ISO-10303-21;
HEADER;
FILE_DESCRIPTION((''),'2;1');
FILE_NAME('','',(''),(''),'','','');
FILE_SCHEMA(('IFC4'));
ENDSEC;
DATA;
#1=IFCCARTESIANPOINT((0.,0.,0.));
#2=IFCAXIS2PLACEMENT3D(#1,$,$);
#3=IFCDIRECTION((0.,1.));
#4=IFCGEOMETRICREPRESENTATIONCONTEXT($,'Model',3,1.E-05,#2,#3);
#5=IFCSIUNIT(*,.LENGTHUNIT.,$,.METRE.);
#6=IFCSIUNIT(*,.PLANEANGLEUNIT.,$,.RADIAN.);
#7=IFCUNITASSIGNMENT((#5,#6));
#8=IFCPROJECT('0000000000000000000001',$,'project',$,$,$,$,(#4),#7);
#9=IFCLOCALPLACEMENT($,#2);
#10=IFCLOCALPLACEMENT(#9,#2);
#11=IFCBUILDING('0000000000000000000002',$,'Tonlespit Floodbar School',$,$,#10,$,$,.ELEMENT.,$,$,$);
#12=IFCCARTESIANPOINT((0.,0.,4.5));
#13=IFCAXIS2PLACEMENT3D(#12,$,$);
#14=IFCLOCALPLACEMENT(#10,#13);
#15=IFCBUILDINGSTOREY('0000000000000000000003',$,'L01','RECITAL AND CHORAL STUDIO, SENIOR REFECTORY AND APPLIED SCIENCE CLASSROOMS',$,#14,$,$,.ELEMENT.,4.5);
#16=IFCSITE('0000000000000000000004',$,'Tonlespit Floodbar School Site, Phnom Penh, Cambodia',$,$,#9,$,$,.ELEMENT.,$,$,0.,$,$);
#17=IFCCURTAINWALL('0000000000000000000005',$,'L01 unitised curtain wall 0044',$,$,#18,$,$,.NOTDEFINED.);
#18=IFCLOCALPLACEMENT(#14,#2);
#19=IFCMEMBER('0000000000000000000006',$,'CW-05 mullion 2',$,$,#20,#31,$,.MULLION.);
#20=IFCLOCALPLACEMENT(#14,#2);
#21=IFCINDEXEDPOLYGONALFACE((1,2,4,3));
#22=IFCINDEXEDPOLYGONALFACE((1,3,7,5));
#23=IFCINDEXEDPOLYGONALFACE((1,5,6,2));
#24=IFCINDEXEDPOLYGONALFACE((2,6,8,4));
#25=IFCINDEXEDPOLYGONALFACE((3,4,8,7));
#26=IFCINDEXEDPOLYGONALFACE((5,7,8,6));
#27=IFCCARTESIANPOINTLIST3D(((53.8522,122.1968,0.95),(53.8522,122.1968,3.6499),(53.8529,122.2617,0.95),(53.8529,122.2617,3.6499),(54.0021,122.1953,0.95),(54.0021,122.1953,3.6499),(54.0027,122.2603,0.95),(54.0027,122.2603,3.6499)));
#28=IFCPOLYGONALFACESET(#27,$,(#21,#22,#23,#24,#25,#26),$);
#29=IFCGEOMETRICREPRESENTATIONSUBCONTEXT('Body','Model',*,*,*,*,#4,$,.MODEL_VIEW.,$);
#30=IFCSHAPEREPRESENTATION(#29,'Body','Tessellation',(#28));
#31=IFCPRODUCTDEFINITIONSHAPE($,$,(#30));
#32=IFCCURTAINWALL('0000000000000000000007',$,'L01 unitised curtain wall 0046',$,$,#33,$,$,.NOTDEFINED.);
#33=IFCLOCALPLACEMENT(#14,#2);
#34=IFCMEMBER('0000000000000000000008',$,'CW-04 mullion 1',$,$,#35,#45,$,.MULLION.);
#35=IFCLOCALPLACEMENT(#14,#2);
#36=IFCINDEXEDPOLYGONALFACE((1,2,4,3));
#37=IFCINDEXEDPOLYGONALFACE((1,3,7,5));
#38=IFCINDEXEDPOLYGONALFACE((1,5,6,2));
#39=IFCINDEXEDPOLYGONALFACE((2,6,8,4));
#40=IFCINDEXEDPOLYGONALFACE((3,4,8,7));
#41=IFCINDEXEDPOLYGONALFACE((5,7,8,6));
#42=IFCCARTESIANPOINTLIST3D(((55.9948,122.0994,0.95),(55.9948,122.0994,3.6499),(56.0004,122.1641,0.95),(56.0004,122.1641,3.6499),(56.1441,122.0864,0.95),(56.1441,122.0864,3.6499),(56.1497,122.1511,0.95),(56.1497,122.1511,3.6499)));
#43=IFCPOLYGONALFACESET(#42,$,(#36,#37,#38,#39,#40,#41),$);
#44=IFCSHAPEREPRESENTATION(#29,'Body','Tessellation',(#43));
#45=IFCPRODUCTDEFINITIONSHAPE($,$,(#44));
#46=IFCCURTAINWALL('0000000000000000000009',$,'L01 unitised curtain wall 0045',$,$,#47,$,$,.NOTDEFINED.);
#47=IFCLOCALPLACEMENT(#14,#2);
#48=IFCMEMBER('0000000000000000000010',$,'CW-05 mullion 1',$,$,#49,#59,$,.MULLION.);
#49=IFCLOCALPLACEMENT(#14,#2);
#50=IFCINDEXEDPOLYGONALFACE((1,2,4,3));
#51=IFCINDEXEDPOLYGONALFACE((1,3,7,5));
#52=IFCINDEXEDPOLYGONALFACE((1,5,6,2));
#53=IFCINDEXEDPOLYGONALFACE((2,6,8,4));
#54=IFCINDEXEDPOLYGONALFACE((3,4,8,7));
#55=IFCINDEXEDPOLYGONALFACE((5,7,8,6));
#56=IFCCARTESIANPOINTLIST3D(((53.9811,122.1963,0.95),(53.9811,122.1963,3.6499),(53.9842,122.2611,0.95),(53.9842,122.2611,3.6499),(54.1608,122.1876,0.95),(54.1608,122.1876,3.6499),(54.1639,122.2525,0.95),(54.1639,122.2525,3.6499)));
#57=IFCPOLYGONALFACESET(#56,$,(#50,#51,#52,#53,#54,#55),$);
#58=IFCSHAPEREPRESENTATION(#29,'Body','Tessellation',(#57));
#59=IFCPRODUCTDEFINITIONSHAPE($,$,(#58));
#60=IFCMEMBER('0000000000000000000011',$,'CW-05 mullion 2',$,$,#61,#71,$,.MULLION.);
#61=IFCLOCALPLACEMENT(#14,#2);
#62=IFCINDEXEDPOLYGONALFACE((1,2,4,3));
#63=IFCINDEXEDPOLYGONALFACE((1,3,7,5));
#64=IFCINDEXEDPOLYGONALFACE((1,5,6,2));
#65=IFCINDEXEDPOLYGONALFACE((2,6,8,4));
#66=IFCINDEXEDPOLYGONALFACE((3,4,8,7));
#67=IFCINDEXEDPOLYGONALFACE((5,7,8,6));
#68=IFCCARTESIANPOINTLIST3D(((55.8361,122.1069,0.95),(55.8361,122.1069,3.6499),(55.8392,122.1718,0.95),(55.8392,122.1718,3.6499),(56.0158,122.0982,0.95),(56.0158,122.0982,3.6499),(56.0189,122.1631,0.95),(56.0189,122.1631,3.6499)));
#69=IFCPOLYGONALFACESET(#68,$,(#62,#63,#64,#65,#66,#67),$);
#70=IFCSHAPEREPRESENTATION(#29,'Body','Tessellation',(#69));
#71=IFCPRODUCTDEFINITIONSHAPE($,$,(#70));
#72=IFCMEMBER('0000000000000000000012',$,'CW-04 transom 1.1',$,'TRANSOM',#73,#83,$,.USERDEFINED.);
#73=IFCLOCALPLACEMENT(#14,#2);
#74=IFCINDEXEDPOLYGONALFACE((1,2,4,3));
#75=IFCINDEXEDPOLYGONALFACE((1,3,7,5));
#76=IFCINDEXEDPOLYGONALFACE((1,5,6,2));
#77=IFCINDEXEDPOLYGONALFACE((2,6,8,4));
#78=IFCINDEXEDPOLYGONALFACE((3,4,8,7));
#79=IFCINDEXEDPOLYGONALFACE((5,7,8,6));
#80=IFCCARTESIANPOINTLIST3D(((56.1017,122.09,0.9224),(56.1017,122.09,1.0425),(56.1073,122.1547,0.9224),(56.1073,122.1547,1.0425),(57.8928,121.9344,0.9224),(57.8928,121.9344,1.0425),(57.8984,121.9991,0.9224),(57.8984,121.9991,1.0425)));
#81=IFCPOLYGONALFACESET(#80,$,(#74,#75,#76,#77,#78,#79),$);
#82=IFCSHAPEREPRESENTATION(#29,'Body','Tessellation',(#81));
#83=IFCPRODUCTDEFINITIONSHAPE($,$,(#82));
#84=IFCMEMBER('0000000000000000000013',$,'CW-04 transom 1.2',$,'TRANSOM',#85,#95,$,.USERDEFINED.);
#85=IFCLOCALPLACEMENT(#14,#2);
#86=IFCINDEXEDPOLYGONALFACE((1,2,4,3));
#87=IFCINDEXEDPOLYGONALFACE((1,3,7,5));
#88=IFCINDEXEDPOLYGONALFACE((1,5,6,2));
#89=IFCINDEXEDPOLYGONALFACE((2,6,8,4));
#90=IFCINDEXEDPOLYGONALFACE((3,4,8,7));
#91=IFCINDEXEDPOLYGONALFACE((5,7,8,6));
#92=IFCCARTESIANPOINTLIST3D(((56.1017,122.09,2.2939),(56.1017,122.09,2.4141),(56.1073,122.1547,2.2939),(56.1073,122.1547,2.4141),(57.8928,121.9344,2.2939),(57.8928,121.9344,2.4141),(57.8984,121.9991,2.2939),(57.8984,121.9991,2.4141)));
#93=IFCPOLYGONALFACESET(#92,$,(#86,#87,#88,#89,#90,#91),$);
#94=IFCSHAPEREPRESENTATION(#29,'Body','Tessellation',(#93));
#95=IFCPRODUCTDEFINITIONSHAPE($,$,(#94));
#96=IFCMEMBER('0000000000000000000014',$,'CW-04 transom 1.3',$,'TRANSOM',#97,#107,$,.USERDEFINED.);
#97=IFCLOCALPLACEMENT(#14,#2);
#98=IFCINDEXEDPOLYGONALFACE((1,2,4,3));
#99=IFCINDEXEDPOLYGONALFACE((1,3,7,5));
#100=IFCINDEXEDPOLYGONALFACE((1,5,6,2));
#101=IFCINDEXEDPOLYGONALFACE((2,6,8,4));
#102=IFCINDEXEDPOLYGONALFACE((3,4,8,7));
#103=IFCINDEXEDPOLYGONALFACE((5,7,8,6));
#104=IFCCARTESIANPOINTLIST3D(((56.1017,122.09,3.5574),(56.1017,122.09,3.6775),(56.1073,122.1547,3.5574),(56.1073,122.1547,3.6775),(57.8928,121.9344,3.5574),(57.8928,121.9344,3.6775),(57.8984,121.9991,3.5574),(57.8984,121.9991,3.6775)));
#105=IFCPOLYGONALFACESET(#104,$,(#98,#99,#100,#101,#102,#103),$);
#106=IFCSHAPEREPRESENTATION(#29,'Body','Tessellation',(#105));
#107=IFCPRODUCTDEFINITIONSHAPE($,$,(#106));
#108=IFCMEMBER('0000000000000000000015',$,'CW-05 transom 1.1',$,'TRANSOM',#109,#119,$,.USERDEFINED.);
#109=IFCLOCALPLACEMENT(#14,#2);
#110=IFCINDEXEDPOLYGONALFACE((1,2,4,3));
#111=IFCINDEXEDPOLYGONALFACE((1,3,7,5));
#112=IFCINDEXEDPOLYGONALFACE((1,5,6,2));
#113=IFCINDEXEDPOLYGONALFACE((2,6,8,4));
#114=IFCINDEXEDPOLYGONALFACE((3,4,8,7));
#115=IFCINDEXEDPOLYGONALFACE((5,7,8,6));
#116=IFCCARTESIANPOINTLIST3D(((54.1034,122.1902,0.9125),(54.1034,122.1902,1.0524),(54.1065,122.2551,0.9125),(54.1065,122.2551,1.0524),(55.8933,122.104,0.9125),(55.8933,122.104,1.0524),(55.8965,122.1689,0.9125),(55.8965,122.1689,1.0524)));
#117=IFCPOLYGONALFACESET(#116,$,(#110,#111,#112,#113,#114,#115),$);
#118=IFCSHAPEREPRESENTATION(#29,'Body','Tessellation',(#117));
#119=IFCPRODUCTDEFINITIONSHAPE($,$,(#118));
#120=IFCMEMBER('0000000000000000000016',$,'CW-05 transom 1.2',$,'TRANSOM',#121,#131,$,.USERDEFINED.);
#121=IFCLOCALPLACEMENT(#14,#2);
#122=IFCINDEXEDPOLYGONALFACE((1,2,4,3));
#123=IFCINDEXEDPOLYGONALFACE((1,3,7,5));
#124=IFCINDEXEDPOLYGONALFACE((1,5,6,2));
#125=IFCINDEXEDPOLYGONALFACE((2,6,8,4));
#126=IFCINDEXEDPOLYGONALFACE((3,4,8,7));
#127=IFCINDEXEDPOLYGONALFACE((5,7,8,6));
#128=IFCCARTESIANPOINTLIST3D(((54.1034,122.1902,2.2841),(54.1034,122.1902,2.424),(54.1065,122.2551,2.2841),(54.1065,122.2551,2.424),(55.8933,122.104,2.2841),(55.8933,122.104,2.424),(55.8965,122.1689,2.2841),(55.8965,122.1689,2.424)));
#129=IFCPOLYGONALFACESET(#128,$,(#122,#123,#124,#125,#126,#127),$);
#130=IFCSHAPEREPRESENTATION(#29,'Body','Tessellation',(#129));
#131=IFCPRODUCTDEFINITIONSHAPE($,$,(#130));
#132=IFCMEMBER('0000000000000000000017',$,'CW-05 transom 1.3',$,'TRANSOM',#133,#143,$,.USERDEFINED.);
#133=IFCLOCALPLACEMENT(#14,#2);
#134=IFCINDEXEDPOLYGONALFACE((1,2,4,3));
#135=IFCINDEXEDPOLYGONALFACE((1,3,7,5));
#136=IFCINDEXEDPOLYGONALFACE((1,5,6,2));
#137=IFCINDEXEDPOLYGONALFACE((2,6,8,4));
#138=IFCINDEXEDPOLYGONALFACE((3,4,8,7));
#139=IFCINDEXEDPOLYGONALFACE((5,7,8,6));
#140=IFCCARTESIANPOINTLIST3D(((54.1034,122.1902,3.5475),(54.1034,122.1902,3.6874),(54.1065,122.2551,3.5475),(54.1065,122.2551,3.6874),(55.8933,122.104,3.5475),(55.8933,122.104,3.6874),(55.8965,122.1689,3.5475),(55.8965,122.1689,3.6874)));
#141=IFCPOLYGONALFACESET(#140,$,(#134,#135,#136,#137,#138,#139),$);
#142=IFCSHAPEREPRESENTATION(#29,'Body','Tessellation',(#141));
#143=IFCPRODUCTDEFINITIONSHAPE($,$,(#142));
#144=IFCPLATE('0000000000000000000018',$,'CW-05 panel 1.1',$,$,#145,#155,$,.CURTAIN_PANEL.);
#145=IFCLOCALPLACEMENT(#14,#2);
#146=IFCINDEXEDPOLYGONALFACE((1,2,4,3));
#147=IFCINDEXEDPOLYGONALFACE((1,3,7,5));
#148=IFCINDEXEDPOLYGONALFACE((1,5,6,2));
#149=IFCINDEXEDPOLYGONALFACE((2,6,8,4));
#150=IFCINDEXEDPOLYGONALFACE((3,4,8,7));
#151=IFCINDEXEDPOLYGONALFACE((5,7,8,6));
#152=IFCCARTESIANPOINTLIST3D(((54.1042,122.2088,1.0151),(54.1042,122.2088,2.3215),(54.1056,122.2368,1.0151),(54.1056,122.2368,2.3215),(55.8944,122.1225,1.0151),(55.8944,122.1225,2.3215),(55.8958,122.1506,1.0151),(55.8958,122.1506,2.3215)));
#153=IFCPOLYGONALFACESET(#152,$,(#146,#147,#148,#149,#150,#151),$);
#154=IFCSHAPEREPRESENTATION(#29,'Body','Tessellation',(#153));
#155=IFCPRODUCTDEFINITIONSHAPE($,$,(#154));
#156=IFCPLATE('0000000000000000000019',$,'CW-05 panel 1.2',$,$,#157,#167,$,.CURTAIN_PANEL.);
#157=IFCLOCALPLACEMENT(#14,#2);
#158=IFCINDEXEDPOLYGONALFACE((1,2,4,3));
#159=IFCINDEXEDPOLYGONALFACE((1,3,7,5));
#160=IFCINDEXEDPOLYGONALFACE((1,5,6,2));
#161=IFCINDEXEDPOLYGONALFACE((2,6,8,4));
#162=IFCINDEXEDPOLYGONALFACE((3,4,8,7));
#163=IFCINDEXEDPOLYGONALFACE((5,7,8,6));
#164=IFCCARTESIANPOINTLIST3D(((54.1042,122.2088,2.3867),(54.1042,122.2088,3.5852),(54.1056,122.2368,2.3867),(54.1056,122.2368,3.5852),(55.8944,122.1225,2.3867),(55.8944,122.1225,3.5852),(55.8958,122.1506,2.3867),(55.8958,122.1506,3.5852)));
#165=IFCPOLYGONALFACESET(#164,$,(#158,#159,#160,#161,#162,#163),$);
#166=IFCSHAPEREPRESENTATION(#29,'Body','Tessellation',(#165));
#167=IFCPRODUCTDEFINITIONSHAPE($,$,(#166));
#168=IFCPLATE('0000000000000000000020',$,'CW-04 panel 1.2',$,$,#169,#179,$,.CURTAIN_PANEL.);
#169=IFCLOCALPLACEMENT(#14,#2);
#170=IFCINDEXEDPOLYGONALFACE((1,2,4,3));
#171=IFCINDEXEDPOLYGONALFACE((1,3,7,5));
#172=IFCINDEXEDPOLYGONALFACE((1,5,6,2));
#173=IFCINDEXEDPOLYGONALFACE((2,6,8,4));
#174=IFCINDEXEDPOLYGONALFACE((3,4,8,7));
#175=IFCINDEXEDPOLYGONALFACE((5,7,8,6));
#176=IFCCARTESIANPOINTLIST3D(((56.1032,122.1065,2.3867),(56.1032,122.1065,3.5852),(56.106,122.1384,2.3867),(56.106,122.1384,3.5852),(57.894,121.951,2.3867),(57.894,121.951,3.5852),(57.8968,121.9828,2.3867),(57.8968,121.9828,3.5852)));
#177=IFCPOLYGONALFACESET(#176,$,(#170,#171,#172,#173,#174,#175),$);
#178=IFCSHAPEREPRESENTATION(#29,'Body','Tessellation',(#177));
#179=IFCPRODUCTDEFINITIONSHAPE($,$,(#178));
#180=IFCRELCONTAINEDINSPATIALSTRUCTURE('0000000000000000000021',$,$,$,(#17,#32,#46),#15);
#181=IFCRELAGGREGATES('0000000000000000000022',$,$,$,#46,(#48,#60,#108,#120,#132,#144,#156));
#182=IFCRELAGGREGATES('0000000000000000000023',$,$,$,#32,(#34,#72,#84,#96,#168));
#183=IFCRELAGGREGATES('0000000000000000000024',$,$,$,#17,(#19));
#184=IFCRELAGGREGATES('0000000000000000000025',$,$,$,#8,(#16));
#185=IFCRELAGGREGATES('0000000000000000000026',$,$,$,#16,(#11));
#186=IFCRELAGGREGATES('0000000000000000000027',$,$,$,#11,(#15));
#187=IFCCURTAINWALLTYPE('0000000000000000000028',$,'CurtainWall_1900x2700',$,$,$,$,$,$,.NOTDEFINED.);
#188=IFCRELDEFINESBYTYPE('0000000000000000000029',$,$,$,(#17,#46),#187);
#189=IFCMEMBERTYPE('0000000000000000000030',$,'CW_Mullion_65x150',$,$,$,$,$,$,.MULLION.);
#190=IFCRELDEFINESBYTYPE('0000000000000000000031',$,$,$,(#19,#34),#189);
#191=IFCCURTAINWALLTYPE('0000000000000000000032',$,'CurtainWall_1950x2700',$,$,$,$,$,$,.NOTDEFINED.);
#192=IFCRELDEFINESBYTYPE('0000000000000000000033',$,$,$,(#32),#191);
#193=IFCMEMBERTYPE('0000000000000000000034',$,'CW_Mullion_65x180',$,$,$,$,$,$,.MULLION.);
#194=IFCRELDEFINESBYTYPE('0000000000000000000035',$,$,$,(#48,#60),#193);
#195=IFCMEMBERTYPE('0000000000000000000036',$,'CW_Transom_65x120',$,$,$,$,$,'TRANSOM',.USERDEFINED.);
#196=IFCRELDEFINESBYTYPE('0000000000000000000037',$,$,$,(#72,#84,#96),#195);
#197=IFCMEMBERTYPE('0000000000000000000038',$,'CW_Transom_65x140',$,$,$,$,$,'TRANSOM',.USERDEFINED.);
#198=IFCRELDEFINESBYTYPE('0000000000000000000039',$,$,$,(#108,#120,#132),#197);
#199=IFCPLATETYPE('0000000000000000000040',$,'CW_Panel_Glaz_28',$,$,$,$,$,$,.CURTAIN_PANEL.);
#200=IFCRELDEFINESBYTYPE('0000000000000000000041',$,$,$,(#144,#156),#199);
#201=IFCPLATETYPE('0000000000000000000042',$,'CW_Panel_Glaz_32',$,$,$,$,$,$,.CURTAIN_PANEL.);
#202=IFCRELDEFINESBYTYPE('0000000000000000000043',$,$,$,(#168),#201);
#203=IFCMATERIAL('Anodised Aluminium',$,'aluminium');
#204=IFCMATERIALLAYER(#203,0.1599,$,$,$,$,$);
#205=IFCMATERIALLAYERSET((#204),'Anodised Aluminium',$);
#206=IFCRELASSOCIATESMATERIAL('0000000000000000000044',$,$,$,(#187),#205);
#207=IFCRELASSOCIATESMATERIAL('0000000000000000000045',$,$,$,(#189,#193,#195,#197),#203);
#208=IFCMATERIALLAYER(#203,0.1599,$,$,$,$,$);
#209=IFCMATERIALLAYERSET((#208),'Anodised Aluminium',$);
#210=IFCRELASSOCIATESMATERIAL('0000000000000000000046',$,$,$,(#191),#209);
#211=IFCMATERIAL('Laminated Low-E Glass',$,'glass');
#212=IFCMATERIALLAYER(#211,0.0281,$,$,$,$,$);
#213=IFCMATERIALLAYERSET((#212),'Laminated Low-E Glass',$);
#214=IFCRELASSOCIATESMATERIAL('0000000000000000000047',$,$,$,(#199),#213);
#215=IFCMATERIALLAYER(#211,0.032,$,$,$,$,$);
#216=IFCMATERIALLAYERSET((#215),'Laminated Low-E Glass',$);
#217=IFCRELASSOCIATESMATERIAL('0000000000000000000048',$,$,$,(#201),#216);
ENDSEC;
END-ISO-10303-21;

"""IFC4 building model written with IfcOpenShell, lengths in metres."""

from ifc_helpers import new_model, si_unit, direction, frame, origin, origin_2d, place, context, subcontext, project, spatial, rectangle, extrude, material, layer, layer_set, material_profile, profile_set, type_object, element, aggregate, save


model = new_model("IFC4")

# Units and contexts
model_context = context("Model", 3, precision=1e-05, world=origin(), true_north=direction((0.0, 1.0)))
body_context = subcontext(model_context, "Body", "Model", "MODEL_VIEW")
ifc_project = project(units=[si_unit("LENGTHUNIT", "METRE"), si_unit("PLANEANGLEUNIT", "RADIAN")], contexts=[model_context])

# Site, building, storey
site_placement = place(None, origin())
site = spatial("IfcSite", under=ifc_project, at=site_placement, Name="Tonlespit Floodbar School Site, Phnom Penh, Cambodia", CompositionType="ELEMENT", RefElevation=0.0)
building_placement = place(site_placement, origin())
building = spatial("IfcBuilding", under=site, at=building_placement, Name="Tonlespit Floodbar School", CompositionType="ELEMENT")
storey_placement = place(building_placement, frame((0.0, 0.0, 4.5)))
storey = spatial("IfcBuildingStorey", under=building, at=storey_placement, Name="L01", Description="RECITAL AND CHORAL STUDIO, SENIOR REFECTORY AND APPLIED SCIENCE CLASSROOMS", CompositionType="ELEMENT", Elevation=4.5)

# Curtain walls, members
ifc_material_1 = material(Name="Anodised Aluminium", Category="aluminium")
ifc_layer_1 = layer(ifc_material_1, 0.1599)
ifc_layer_set_1 = layer_set([ifc_layer_1], Name="Anodised Aluminium")
curtain_wall_type_1 = type_object("IfcCurtainWallType", Name="CurtainWall_1900x2700", PredefinedType="NOTDEFINED", material=ifc_layer_set_1)
curtain_wall_1_placement = place(storey_placement, origin())
curtain_wall_1 = element("IfcCurtainWall", 1, at=curtain_wall_1_placement, inside=storey, type_object=curtain_wall_type_1, Name="L01 unitised curtain wall 0044", PredefinedType="NOTDEFINED")
ifc_material_profile_1 = material_profile(ifc_material_1, rectangle(XDim=0.0649, YDim=0.1499, at=origin_2d()), Name="ALU M65x150")
ifc_profile_set_1 = profile_set([ifc_material_profile_1], Name="Anodised Aluminium")
member_type_1 = type_object("IfcMemberType", Name="CW_Mullion_65x150", PredefinedType="MULLION", material=ifc_profile_set_1)
member_1_placement = place(storey_placement, frame((53.9275, 122.2285, 0.95), z_axis=(0.0, 0.0, 1.0), x_axis=(0.009583, 0.999954, 0.0)))
member_1 = element("IfcMember", 2, at=member_1_placement, type_object=member_type_1, Name="CW-05 mullion 2", PredefinedType="MULLION", context=body_context, shape_type="SweptSolid", body=[
    extrude(rectangle(XDim=0.0649, YDim=0.1499, at=origin_2d()), origin(), (0.0, 0.0, 1.0), 2.7),
])
ifc_layer_2 = layer(ifc_material_1, 0.1599)
ifc_layer_set_2 = layer_set([ifc_layer_2], Name="Anodised Aluminium")
curtain_wall_type_2 = type_object("IfcCurtainWallType", Name="CurtainWall_1950x2700", PredefinedType="NOTDEFINED", material=ifc_layer_set_2)
curtain_wall_2_placement = place(storey_placement, origin())
curtain_wall_2 = element("IfcCurtainWall", 3, at=curtain_wall_2_placement, inside=storey, type_object=curtain_wall_type_2, Name="L01 unitised curtain wall 0046", PredefinedType="NOTDEFINED")
member_2_placement = place(storey_placement, frame((56.0723, 122.1252, 0.95), z_axis=(0.0, 0.0, 1.0), x_axis=(0.086531, 0.996249, 0.0)))
member_2 = element("IfcMember", 4, at=member_2_placement, type_object=member_type_1, Name="CW-04 mullion 1", PredefinedType="MULLION", context=body_context, shape_type="SweptSolid", body=[
    extrude(rectangle(XDim=0.0649, YDim=0.1499, at=origin_2d()), origin(), (0.0, 0.0, 1.0), 2.7),
])

# Curtain wall, members
curtain_wall_3_placement = place(storey_placement, origin())
curtain_wall_3 = element("IfcCurtainWall", 5, at=curtain_wall_3_placement, inside=storey, type_object=curtain_wall_type_1, Name="L01 unitised curtain wall 0045", PredefinedType="NOTDEFINED")
ifc_material_profile_2 = material_profile(ifc_material_1, rectangle(XDim=0.0649, YDim=0.1799, at=origin_2d()), Name="ALU M65x180")
ifc_profile_set_2 = profile_set([ifc_material_profile_2], Name="Anodised Aluminium")
member_type_2 = type_object("IfcMemberType", Name="CW_Mullion_65x180", PredefinedType="MULLION", material=ifc_profile_set_2)
member_3_placement = place(storey_placement, frame((54.0725, 122.2244, 0.95), z_axis=(0.0, 0.0, 1.0), x_axis=(0.048121, 0.998842, 0.0)))
member_3 = element("IfcMember", 6, at=member_3_placement, type_object=member_type_2, Name="CW-05 mullion 1", PredefinedType="MULLION", context=body_context, shape_type="SweptSolid", body=[
    extrude(rectangle(XDim=0.0649, YDim=0.1799, at=origin_2d()), origin(), (0.0, 0.0, 1.0), 2.7),
])
member_4_placement = place(storey_placement, frame((55.9275, 122.135, 0.95), z_axis=(0.0, 0.0, 1.0), x_axis=(0.048121, 0.998842, 0.0)))
member_4 = element("IfcMember", 7, at=member_4_placement, type_object=member_type_2, Name="CW-05 mullion 2", PredefinedType="MULLION", context=body_context, shape_type="SweptSolid", body=[
    extrude(rectangle(XDim=0.0649, YDim=0.1799, at=origin_2d()), origin(), (0.0, 0.0, 1.0), 2.7),
])

# Members
ifc_material_profile_3 = material_profile(ifc_material_1, rectangle(XDim=0.0649, YDim=0.1201, at=origin_2d()), Name="ALU T65x120")
ifc_profile_set_3 = profile_set([ifc_material_profile_3], Name="Anodised Aluminium")
member_type_3 = type_object("IfcMemberType", Name="CW_Transom_65x120", ElementType="TRANSOM", PredefinedType="USERDEFINED", material=ifc_profile_set_3)
member_5_placement = place(storey_placement, frame((56.1045, 122.1223, 0.9824), z_axis=(0.996251, -0.086507, 0.0), x_axis=(0.086507, 0.996251, 0.0)))
member_5 = element("IfcMember", 8, at=member_5_placement, type_object=member_type_3, Name="CW-04 transom 1.1", ObjectType="TRANSOM", PredefinedType="USERDEFINED", context=body_context, shape_type="SweptSolid", body=[
    extrude(rectangle(XDim=0.0649, YDim=0.1201, at=origin_2d()), origin(), (0.0, 0.0, 1.0), 1.7979),
])
member_6_placement = place(storey_placement, frame((56.1045, 122.1223, 2.354), z_axis=(0.996251, -0.086507, 0.0), x_axis=(0.086507, 0.996251, 0.0)))
member_6 = element("IfcMember", 9, at=member_6_placement, type_object=member_type_3, Name="CW-04 transom 1.2", ObjectType="TRANSOM", PredefinedType="USERDEFINED", context=body_context, shape_type="SweptSolid", body=[
    extrude(rectangle(XDim=0.0649, YDim=0.1201, at=origin_2d()), origin(), (0.0, 0.0, 1.0), 1.7979),
])
member_7_placement = place(storey_placement, frame((56.1045, 122.1223, 3.6174), z_axis=(0.996251, -0.086507, 0.0), x_axis=(0.086507, 0.996251, 0.0)))
member_7 = element("IfcMember", 10, at=member_7_placement, type_object=member_type_3, Name="CW-04 transom 1.3", ObjectType="TRANSOM", PredefinedType="USERDEFINED", context=body_context, shape_type="SweptSolid", body=[
    extrude(rectangle(XDim=0.0649, YDim=0.1201, at=origin_2d()), origin(), (0.0, 0.0, 1.0), 1.7979),
])
ifc_material_profile_4 = material_profile(ifc_material_1, rectangle(XDim=0.0649, YDim=0.1399, at=origin_2d()), Name="ALU T65x140")
ifc_profile_set_4 = profile_set([ifc_material_profile_4], Name="Anodised Aluminium")
member_type_4 = type_object("IfcMemberType", Name="CW_Transom_65x140", ElementType="TRANSOM", PredefinedType="USERDEFINED", material=ifc_profile_set_4)
member_8_placement = place(storey_placement, frame((54.105, 122.2227, 0.9824), z_axis=(0.998843, -0.048089, 0.0), x_axis=(0.048089, 0.998843, 0.0)))
member_8 = element("IfcMember", 11, at=member_8_placement, type_object=member_type_4, Name="CW-05 transom 1.1", ObjectType="TRANSOM", PredefinedType="USERDEFINED", context=body_context, shape_type="SweptSolid", body=[
    extrude(rectangle(XDim=0.0649, YDim=0.1399, at=origin_2d()), origin(), (0.0, 0.0, 1.0), 1.792),
])
member_9_placement = place(storey_placement, frame((54.105, 122.2227, 2.354), z_axis=(0.998843, -0.048089, 0.0), x_axis=(0.048089, 0.998843, 0.0)))
member_9 = element("IfcMember", 12, at=member_9_placement, type_object=member_type_4, Name="CW-05 transom 1.2", ObjectType="TRANSOM", PredefinedType="USERDEFINED", context=body_context, shape_type="SweptSolid", body=[
    extrude(rectangle(XDim=0.0649, YDim=0.1399, at=origin_2d()), origin(), (0.0, 0.0, 1.0), 1.792),
])
member_10_placement = place(storey_placement, frame((54.105, 122.2227, 3.6174), z_axis=(0.998843, -0.048089, 0.0), x_axis=(0.048089, 0.998843, 0.0)))
member_10 = element("IfcMember", 13, at=member_10_placement, type_object=member_type_4, Name="CW-05 transom 1.3", ObjectType="TRANSOM", PredefinedType="USERDEFINED", context=body_context, shape_type="SweptSolid", body=[
    extrude(rectangle(XDim=0.0649, YDim=0.1399, at=origin_2d()), origin(), (0.0, 0.0, 1.0), 1.792),
])

# Plates
ifc_material_2 = material(Name="Laminated Low-E Glass", Category="glass")
ifc_layer_3 = layer(ifc_material_2, 0.0281)
ifc_layer_set_3 = layer_set([ifc_layer_3], Name="Laminated Low-E Glass")
plate_type_1 = type_object("IfcPlateType", Name="CW_Panel_Glaz_28", PredefinedType="CURTAIN_PANEL", material=ifc_layer_set_3)
plate_1_placement = place(storey_placement, frame((55.0, 122.1797, 1.0151), z_axis=(0.0, 0.0, 1.0), x_axis=(0.998842, -0.048121, 0.0)))
plate_1 = element("IfcPlate", 14, at=plate_1_placement, type_object=plate_type_1, Name="CW-05 panel 1.1", PredefinedType="CURTAIN_PANEL", context=body_context, shape_type="SweptSolid", body=[
    extrude(rectangle(XDim=1.7922, YDim=0.0281, at=origin_2d()), origin(), (0.0, 0.0, 1.0), 1.3064),
])
plate_2_placement = place(storey_placement, frame((55.0, 122.1797, 2.3867), z_axis=(0.0, 0.0, 1.0), x_axis=(0.998842, -0.048121, 0.0)))
plate_2 = element("IfcPlate", 15, at=plate_2_placement, type_object=plate_type_1, Name="CW-05 panel 1.2", PredefinedType="CURTAIN_PANEL", context=body_context, shape_type="SweptSolid", body=[
    extrude(rectangle(XDim=1.7922, YDim=0.0281, at=origin_2d()), origin(), (0.0, 0.0, 1.0), 1.1985),
])
aggregate(curtain_wall_3, [member_3, member_4, member_8, member_9, member_10, plate_1, plate_2])
ifc_layer_4 = layer(ifc_material_2, 0.032)
ifc_layer_set_4 = layer_set([ifc_layer_4], Name="Laminated Low-E Glass")
plate_type_2 = type_object("IfcPlateType", Name="CW_Panel_Glaz_32", PredefinedType="CURTAIN_PANEL", material=ifc_layer_set_4)
plate_3_placement = place(storey_placement, frame((57.0, 122.0447, 2.3867), z_axis=(0.0, 0.0, 1.0), x_axis=(0.996249, -0.086531, 0.0)))
plate_3 = element("IfcPlate", 16, at=plate_3_placement, type_object=plate_type_2, Name="CW-04 panel 1.2", PredefinedType="CURTAIN_PANEL", context=body_context, shape_type="SweptSolid", body=[
    extrude(rectangle(XDim=1.7976, YDim=0.032, at=origin_2d()), origin(), (0.0, 0.0, 1.0), 1.1985),
])
aggregate(curtain_wall_2, [member_2, member_5, member_6, member_7, plate_3])
aggregate(curtain_wall_1, [member_1])

save(model, "model.ifc")
